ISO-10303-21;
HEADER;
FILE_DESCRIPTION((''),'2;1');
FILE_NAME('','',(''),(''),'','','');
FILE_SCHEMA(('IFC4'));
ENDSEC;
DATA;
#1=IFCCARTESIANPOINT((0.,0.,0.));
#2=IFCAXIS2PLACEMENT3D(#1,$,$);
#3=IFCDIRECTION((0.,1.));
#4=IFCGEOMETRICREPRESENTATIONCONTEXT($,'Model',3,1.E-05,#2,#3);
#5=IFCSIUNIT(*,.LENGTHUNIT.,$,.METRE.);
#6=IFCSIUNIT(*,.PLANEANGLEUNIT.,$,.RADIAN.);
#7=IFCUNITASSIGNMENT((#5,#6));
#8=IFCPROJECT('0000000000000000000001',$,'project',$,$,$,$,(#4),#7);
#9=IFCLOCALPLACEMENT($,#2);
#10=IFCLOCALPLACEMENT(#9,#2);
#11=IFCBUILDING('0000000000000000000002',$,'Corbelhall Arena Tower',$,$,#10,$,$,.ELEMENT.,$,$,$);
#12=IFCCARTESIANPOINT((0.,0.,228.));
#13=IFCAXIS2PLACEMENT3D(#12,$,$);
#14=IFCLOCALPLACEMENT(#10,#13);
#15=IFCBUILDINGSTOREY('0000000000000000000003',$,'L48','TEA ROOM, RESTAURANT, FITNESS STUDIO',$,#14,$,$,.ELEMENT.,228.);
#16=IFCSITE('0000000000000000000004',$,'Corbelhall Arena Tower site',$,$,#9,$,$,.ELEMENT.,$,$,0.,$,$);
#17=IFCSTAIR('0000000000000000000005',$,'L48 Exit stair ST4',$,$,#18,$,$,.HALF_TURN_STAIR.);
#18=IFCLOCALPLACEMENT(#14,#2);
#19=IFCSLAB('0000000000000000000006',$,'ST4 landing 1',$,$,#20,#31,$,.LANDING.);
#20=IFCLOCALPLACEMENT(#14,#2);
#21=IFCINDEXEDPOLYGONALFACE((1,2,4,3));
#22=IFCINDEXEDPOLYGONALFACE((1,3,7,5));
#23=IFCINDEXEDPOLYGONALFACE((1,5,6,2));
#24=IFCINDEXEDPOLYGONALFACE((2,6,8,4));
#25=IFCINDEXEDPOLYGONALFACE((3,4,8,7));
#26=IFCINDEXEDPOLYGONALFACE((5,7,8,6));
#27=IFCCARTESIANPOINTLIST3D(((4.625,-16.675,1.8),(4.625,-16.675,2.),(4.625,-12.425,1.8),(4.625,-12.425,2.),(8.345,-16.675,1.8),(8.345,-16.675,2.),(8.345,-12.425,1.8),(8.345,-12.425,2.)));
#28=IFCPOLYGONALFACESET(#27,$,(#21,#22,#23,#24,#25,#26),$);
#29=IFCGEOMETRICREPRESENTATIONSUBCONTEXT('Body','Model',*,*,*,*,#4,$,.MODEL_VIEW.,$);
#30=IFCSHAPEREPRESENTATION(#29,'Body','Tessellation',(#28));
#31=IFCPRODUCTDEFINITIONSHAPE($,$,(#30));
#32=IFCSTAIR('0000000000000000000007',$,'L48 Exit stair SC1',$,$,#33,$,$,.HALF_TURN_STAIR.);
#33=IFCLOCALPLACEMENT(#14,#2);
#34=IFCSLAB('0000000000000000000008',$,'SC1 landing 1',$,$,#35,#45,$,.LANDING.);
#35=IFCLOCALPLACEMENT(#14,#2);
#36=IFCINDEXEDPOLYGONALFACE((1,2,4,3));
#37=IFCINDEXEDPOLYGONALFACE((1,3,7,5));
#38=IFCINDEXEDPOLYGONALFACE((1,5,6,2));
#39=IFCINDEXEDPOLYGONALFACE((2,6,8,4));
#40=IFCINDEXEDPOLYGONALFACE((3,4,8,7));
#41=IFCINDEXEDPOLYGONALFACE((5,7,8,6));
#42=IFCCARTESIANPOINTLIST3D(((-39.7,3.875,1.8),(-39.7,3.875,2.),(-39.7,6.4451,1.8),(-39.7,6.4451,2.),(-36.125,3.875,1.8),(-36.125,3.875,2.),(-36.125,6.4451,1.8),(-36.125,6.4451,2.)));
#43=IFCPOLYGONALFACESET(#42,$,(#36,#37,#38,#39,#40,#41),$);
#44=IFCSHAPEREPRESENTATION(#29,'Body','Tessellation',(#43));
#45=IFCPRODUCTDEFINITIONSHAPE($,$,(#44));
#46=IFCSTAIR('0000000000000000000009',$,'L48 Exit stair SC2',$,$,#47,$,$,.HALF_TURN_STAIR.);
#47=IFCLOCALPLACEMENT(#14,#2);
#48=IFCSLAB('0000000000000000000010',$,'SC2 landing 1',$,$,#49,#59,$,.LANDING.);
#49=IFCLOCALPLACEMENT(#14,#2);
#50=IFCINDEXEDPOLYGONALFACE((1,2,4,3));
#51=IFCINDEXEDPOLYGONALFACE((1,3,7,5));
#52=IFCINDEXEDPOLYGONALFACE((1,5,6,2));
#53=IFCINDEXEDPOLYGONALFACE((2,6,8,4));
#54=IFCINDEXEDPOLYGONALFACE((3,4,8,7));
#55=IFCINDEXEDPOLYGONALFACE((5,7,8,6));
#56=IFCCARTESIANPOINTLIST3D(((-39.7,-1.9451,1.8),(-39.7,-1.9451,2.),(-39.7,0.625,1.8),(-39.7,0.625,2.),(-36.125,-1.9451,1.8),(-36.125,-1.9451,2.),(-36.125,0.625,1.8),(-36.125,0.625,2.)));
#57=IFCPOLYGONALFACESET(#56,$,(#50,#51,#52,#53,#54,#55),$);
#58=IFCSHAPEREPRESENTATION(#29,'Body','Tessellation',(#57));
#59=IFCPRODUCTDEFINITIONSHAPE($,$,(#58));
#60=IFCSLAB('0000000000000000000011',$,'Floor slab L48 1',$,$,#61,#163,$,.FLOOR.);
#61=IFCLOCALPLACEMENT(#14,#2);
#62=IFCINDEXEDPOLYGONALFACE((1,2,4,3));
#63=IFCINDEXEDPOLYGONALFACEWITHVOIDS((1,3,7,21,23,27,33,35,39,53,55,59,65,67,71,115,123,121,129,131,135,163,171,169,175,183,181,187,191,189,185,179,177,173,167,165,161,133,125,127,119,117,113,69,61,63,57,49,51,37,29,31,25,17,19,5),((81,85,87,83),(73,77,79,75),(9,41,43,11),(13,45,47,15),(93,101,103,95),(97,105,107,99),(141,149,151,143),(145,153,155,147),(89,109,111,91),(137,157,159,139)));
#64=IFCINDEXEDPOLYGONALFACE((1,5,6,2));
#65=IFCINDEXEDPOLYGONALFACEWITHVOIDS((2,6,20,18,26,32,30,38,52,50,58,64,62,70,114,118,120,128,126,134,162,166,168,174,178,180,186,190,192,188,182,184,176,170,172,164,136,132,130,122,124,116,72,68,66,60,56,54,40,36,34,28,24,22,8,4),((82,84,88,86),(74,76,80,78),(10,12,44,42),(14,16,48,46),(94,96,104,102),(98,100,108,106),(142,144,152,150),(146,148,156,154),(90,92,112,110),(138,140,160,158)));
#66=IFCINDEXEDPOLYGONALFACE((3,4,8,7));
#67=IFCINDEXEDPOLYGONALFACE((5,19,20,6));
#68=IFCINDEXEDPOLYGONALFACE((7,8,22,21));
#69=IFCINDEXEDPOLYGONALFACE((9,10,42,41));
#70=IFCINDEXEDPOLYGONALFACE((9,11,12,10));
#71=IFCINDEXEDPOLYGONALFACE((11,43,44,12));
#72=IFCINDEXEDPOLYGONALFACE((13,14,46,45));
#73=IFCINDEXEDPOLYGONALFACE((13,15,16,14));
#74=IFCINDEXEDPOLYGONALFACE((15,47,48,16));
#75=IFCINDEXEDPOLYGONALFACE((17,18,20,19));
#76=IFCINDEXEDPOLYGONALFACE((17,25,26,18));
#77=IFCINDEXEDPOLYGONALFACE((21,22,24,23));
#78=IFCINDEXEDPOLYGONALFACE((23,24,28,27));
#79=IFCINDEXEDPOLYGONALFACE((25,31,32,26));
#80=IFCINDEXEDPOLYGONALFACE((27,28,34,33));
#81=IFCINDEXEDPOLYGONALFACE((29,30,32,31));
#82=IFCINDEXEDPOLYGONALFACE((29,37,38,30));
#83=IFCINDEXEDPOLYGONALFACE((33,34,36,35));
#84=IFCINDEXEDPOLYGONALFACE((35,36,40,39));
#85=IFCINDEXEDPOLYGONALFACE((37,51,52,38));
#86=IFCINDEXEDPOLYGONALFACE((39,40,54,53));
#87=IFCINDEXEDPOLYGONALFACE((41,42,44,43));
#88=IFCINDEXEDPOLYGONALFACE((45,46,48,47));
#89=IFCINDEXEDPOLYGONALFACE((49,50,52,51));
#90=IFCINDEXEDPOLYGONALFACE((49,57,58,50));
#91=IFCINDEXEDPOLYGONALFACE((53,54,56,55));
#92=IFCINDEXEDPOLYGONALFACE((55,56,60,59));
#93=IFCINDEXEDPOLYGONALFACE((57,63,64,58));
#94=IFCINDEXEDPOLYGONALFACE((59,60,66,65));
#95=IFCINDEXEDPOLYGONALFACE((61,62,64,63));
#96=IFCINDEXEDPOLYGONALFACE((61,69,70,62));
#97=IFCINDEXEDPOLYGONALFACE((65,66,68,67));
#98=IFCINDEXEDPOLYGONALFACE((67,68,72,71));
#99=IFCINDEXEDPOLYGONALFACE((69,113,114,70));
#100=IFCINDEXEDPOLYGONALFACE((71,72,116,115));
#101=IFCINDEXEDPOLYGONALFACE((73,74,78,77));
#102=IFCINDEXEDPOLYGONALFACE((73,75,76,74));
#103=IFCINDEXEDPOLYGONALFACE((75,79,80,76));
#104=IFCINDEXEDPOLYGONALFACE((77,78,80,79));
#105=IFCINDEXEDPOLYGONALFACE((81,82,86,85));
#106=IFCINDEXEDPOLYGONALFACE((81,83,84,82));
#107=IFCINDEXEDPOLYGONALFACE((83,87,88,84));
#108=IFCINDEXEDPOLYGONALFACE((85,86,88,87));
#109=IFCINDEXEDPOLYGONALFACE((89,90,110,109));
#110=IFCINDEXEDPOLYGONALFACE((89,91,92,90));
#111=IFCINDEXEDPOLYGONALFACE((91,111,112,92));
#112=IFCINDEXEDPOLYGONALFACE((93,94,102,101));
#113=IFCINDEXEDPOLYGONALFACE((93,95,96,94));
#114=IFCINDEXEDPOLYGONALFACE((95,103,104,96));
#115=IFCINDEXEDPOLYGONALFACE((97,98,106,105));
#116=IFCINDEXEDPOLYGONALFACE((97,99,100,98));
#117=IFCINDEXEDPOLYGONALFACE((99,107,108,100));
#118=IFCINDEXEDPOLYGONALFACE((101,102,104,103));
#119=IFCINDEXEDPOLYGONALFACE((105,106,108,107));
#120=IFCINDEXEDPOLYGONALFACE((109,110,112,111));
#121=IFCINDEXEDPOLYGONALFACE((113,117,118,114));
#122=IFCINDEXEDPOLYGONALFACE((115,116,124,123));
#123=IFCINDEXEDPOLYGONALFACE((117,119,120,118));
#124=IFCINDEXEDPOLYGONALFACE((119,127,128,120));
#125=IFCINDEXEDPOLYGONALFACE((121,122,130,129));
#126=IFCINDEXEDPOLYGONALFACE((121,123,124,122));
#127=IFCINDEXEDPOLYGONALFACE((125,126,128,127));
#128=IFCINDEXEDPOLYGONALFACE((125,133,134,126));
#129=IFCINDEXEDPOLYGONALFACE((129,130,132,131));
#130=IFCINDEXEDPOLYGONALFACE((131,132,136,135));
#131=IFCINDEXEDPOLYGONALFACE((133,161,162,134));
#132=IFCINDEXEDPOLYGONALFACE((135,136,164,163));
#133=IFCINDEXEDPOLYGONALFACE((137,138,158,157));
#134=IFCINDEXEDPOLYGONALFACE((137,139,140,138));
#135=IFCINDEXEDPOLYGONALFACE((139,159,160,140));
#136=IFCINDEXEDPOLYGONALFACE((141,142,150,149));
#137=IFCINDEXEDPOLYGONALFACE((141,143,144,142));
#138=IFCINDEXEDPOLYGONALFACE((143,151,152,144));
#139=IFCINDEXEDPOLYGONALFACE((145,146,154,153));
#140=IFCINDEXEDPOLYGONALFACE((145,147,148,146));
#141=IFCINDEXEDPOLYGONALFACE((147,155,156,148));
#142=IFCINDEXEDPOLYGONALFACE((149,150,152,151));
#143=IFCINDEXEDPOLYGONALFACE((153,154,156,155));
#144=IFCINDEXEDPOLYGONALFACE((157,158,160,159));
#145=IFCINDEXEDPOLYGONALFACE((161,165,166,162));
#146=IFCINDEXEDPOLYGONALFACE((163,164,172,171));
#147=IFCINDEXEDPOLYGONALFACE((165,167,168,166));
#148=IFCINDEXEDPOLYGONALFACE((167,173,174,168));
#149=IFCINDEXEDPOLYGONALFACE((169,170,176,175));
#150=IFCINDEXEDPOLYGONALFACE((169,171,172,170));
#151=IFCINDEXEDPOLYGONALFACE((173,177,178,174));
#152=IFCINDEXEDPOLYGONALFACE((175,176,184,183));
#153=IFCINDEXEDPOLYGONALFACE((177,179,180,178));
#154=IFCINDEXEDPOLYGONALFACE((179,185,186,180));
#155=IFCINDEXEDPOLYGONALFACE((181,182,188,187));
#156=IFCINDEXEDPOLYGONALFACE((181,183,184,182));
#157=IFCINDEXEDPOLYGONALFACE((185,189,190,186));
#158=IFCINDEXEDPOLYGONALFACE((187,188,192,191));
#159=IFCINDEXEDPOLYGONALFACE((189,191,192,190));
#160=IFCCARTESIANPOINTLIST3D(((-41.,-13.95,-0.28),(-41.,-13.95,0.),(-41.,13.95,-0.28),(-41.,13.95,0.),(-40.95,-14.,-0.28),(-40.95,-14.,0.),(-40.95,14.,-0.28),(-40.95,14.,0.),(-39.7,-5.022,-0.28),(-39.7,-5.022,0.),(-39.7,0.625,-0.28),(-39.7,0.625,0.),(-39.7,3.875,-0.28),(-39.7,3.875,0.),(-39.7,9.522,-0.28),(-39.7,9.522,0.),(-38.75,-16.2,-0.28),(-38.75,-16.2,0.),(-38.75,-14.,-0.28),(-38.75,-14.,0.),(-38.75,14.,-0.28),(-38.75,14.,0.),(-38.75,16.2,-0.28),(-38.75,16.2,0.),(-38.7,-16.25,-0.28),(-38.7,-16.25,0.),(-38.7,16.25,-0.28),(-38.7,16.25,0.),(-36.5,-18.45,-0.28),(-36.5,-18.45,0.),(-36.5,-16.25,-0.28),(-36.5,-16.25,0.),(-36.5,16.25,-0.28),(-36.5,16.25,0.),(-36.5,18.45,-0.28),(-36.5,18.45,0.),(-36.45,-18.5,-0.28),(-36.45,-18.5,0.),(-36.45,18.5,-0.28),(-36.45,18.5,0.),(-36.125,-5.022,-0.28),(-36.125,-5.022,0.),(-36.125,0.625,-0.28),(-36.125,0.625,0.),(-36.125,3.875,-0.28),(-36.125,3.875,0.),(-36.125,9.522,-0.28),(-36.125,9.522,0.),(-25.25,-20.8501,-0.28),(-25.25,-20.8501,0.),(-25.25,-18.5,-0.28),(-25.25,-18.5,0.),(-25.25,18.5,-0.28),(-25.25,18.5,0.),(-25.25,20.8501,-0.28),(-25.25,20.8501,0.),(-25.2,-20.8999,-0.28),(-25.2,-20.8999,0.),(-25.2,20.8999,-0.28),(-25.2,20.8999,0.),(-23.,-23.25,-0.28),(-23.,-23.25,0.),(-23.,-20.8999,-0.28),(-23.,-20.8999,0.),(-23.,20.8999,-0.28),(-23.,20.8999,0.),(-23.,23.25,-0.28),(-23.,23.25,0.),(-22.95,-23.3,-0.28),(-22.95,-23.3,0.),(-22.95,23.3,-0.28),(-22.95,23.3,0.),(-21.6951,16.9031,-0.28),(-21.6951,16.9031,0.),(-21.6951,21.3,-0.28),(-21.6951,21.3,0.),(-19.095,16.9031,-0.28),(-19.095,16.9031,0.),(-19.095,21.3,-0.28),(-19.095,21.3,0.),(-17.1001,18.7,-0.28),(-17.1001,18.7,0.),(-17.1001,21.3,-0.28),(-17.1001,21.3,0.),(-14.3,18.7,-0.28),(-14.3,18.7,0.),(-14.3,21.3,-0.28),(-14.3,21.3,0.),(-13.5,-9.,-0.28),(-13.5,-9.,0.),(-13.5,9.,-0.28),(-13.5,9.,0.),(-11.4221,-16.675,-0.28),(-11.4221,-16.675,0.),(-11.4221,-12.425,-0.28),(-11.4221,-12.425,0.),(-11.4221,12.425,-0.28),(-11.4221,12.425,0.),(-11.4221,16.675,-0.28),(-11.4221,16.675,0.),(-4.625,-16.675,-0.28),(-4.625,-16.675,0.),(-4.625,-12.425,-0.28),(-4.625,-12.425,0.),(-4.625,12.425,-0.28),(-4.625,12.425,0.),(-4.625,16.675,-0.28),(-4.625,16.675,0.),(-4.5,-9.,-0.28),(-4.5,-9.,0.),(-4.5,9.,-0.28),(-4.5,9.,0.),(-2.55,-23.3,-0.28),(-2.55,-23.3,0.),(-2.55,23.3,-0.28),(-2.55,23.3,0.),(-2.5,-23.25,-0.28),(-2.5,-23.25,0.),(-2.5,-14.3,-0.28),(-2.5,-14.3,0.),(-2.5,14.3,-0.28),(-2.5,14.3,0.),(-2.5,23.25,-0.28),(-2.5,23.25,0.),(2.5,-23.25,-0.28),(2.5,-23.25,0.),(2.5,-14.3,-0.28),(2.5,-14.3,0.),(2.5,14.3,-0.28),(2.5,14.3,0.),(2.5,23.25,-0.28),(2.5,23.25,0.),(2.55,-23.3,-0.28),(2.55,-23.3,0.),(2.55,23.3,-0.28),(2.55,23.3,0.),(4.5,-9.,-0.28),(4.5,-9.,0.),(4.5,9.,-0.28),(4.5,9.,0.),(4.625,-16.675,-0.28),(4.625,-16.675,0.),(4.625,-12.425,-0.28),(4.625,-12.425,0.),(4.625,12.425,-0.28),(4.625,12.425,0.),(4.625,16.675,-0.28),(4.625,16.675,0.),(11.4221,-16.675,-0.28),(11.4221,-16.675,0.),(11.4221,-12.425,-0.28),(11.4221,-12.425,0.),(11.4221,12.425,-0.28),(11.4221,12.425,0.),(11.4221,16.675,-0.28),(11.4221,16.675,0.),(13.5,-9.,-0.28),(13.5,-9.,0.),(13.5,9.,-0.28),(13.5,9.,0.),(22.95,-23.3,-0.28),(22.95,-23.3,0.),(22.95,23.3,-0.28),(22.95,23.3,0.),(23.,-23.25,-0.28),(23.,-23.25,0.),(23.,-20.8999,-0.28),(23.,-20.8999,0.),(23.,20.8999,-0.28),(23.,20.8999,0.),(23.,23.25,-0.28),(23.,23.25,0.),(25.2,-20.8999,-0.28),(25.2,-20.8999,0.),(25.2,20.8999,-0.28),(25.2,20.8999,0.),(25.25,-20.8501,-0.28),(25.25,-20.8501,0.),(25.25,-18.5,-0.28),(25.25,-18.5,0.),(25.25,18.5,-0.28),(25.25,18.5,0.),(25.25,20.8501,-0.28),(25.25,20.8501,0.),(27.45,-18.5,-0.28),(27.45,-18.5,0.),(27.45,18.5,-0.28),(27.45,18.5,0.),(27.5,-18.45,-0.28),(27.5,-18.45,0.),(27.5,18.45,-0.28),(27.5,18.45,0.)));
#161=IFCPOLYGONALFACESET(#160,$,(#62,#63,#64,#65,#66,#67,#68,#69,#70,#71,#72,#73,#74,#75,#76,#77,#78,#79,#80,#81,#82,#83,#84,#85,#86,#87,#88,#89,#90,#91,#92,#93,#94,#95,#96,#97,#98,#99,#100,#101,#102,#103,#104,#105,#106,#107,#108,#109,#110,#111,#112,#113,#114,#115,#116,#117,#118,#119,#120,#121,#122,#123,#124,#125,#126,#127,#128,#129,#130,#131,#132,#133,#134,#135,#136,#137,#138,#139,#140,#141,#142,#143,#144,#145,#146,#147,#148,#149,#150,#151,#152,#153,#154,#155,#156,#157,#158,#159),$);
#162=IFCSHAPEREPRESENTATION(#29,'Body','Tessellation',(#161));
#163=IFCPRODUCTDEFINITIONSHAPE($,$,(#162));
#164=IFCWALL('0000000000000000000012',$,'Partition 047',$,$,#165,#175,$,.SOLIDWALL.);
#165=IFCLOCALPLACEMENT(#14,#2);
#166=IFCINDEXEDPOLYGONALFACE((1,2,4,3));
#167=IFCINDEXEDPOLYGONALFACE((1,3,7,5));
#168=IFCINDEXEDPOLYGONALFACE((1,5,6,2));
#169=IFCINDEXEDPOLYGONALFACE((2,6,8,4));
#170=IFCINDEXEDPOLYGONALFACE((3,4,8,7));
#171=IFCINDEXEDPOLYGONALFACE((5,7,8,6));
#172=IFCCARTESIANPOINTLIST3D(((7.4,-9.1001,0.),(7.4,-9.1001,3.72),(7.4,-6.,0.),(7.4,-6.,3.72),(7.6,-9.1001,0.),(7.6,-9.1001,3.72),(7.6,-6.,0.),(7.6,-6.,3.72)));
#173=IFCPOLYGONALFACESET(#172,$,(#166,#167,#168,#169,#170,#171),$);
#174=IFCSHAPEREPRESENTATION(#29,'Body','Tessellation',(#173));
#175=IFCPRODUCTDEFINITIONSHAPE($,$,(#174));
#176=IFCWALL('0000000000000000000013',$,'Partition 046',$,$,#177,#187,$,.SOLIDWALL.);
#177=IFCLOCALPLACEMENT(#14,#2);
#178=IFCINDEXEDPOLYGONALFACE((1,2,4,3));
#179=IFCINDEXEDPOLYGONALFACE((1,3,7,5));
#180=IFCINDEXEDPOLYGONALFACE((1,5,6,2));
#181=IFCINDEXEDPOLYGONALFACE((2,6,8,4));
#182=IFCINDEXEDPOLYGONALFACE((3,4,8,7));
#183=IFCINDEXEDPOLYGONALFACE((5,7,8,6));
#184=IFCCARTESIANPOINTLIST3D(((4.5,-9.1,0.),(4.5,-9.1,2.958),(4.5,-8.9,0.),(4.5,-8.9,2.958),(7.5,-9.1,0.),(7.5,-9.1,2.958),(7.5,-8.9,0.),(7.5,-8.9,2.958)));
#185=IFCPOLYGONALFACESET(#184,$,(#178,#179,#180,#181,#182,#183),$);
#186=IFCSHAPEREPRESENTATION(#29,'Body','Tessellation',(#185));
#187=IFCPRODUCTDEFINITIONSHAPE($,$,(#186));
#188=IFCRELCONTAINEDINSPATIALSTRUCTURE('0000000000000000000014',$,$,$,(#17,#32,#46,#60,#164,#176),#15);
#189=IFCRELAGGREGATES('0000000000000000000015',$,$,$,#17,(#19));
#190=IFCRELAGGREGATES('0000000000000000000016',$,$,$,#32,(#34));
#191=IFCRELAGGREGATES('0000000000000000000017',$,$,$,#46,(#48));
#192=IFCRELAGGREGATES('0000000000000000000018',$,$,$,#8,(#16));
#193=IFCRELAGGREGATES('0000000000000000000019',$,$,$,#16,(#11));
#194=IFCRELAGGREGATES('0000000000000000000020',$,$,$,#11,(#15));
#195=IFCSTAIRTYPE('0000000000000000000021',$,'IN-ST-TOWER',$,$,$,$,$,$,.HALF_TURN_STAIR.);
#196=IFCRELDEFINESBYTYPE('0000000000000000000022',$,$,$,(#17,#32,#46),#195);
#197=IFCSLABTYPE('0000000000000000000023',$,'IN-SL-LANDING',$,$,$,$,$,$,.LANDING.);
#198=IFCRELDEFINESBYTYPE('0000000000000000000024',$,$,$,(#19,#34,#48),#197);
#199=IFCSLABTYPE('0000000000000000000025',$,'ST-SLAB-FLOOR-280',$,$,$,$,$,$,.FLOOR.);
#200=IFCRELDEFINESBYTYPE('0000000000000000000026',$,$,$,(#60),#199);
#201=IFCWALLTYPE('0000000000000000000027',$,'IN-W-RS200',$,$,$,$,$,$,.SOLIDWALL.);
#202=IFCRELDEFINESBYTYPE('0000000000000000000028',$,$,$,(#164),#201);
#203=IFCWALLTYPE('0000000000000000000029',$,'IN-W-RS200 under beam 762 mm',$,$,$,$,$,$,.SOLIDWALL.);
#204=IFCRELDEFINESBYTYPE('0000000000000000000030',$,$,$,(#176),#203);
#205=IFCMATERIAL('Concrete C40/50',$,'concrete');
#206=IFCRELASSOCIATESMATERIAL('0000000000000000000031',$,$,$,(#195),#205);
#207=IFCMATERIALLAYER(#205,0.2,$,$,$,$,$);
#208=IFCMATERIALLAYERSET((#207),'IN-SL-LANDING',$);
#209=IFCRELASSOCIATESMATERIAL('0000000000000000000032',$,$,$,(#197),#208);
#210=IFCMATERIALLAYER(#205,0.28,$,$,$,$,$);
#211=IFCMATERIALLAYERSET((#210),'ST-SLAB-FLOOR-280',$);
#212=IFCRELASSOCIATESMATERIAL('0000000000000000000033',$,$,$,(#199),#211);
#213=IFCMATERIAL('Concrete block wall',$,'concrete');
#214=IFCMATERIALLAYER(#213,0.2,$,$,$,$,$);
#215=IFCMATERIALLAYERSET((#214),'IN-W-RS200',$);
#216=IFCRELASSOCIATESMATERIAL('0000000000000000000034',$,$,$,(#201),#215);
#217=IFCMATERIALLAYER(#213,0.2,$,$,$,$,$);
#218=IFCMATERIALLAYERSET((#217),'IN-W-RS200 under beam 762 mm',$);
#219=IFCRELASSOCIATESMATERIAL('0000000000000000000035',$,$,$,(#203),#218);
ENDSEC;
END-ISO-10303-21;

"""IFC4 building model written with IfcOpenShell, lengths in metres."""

from ifc_helpers import new_model, si_unit, direction, frame, frame_2d, origin, place, context, subcontext, project, spatial, polyline, rectangle, outline, extrude, material, layer, layer_set, type_object, element, aggregate, save


model = new_model("IFC4")

# Units and contexts
model_context = context("Model", 3, precision=1e-05, world=origin(), true_north=direction((0.0, 1.0)))
body_context = subcontext(model_context, "Body", "Model", "MODEL_VIEW")
ifc_project = project(units=[si_unit("LENGTHUNIT", "METRE"), si_unit("PLANEANGLEUNIT", "RADIAN")], contexts=[model_context])

# Site, building, storey
site_placement = place(None, origin())
site = spatial("IfcSite", under=ifc_project, at=site_placement, Name="Corbelhall Arena Tower site", CompositionType="ELEMENT", RefElevation=0.0)
building_placement = place(site_placement, origin())
building = spatial("IfcBuilding", under=site, at=building_placement, Name="Corbelhall Arena Tower", CompositionType="ELEMENT")
storey_placement = place(building_placement, frame((0.0, 0.0, 228.0)))
storey = spatial("IfcBuildingStorey", under=building, at=storey_placement, Name="L48", Description="TEA ROOM, RESTAURANT, FITNESS STUDIO", CompositionType="ELEMENT", Elevation=228.0)

# Shared definitions
ifc_material_1 = material(Name="Concrete C40/50", Category="concrete")

# Stairs, slabs
stair_type = type_object("IfcStairType", Name="IN-ST-TOWER", PredefinedType="HALF_TURN_STAIR", material=ifc_material_1)
ifc_layer_1 = layer(ifc_material_1, 0.2)
ifc_layer_set_1 = layer_set([ifc_layer_1], Name="IN-SL-LANDING")
slab_type_1 = type_object("IfcSlabType", Name="IN-SL-LANDING", PredefinedType="LANDING", material=ifc_layer_set_1)
stair_1_placement = place(storey_placement, origin())
stair_1 = element("IfcStair", 1, at=stair_1_placement, inside=storey, type_object=stair_type, Name="L48 Exit stair ST4", PredefinedType="HALF_TURN_STAIR")
slab_1_placement = place(storey_placement, frame((0.0, 0.0, 1.8)))
slab_1 = element("IfcSlab", 2, at=slab_1_placement, type_object=slab_type_1, Name="ST4 landing 1", PredefinedType="LANDING", context=body_context, shape_type="SweptSolid", body=[
    extrude(outline(polyline([(8.345, -12.425), (4.625, -12.425), (4.625, -16.675), (8.345, -16.675), (8.345, -12.425)])), origin(), (0.0, 0.0, 1.0), 0.2),
])
aggregate(stair_1, [slab_1])
stair_2_placement = place(storey_placement, origin())
stair_2 = element("IfcStair", 3, at=stair_2_placement, inside=storey, type_object=stair_type, Name="L48 Exit stair SC1", PredefinedType="HALF_TURN_STAIR")
slab_2_placement = place(storey_placement, frame((0.0, 0.0, 1.8)))
slab_2 = element("IfcSlab", 4, at=slab_2_placement, type_object=slab_type_1, Name="SC1 landing 1", PredefinedType="LANDING", context=body_context, shape_type="SweptSolid", body=[
    extrude(outline(polyline([(-39.7, 6.4451), (-39.7, 3.875), (-36.125, 3.875), (-36.125, 6.4451), (-39.7, 6.4451)])), origin(), (0.0, 0.0, 1.0), 0.2),
])
aggregate(stair_2, [slab_2])
stair_3_placement = place(storey_placement, origin())
stair_3 = element("IfcStair", 5, at=stair_3_placement, inside=storey, type_object=stair_type, Name="L48 Exit stair SC2", PredefinedType="HALF_TURN_STAIR")
slab_3_placement = place(storey_placement, frame((0.0, 0.0, 1.8)))
slab_3 = element("IfcSlab", 6, at=slab_3_placement, type_object=slab_type_1, Name="SC2 landing 1", PredefinedType="LANDING", context=body_context, shape_type="SweptSolid", body=[
    extrude(outline(polyline([(-36.125, -1.9451), (-36.125, 0.625), (-39.7, 0.625), (-39.7, -1.9451), (-36.125, -1.9451)])), origin(), (0.0, 0.0, 1.0), 0.2),
])
aggregate(stair_3, [slab_3])

# Slab
ifc_layer_2 = layer(ifc_material_1, 0.28)
ifc_layer_set_2 = layer_set([ifc_layer_2], Name="ST-SLAB-FLOOR-280")
slab_type_2 = type_object("IfcSlabType", Name="ST-SLAB-FLOOR-280", PredefinedType="FLOOR", material=ifc_layer_set_2)
slab_4_placement = place(storey_placement, frame((0.0, 0.0, -0.28)))
element("IfcSlab", 7, at=slab_4_placement, inside=storey, type_object=slab_type_2, Name="Floor slab L48 1", PredefinedType="FLOOR", context=body_context, shape_type="SweptSolid", body=[
    extrude(outline(polyline([(23.0, 23.25), (22.95, 23.3), (2.55, 23.3), (2.5, 23.25), (2.5, 14.3), (-2.5, 14.3), (-2.5, 23.25), (-2.55, 23.3), (-22.95, 23.3), (-23.0, 23.25), (-23.0, 20.8999), (-25.2, 20.8999), (-25.25, 20.8501), (-25.25, 18.5), (-36.45, 18.5), (-36.5, 18.45), (-36.5, 16.25), (-38.7, 16.25), (-38.75, 16.2), (-38.75, 14.0), (-40.95, 14.0), (-41.0, 13.95), (-41.0, -13.95), (-40.95, -14.0), (-38.75, -14.0), (-38.75, -16.2), (-38.7, -16.25), (-36.5, -16.25), (-36.5, -18.45), (-36.45, -18.5), (-25.25, -18.5), (-25.25, -20.8501), (-25.2, -20.8999), (-23.0, -20.8999), (-23.0, -23.25), (-22.95, -23.3), (-2.55, -23.3), (-2.5, -23.25), (-2.5, -14.3), (2.5, -14.3), (2.5, -23.25), (2.55, -23.3), (22.95, -23.3), (23.0, -23.25), (23.0, -20.8999), (25.2, -20.8999), (25.25, -20.8501), (25.25, -18.5), (27.45, -18.5), (27.5, -18.45), (27.5, 18.45), (27.45, 18.5), (25.25, 18.5), (25.25, 20.8501), (25.2, 20.8999), (23.0, 20.8999), (23.0, 23.25)]), holes=[polyline([(-4.5, -9.0), (-4.5, 9.0), (-13.5, 9.0), (-13.5, -9.0), (-4.5, -9.0)]), polyline([(13.5, -9.0), (13.5, 9.0), (4.5, 9.0), (4.5, -9.0), (13.5, -9.0)]), polyline([(-11.4221, 12.425), (-4.625, 12.425), (-4.625, 16.675), (-11.4221, 16.675), (-11.4221, 12.425)]), polyline([(-11.4221, -12.425), (-11.4221, -16.675), (-4.625, -16.675), (-4.625, -12.425), (-11.4221, -12.425)]), polyline([(4.625, 12.425), (11.4221, 12.425), (11.4221, 16.675), (4.625, 16.675), (4.625, 12.425)]), polyline([(4.625, -12.425), (4.625, -16.675), (11.4221, -16.675), (11.4221, -12.425), (4.625, -12.425)]), polyline([(-39.7, 9.522), (-39.7, 3.875), (-36.125, 3.875), (-36.125, 9.522), (-39.7, 9.522)]), polyline([(-39.7, -5.022), (-36.125, -5.022), (-36.125, 0.625), (-39.7, 0.625), (-39.7, -5.022)]), polyline([(-21.6951, 21.3), (-21.6951, 16.9031), (-19.095, 16.9031), (-19.095, 21.3), (-21.6951, 21.3)]), polyline([(-14.3, 21.3), (-17.1001, 21.3), (-17.1001, 18.7), (-14.3, 18.7), (-14.3, 21.3)])]), origin(), (0.0, 0.0, 1.0), 0.28),
])

# Wall
ifc_material_2 = material(Name="Concrete block wall", Category="concrete")
ifc_layer_3 = layer(ifc_material_2, 0.2)
ifc_layer_set_3 = layer_set([ifc_layer_3], Name="IN-W-RS200")
wall_type_1 = type_object("IfcWallType", Name="IN-W-RS200", PredefinedType="SOLIDWALL", material=ifc_layer_set_3)
wall_1_placement = place(storey_placement, frame((7.5, -6.0, 0.0), z_axis=(0.0, 0.0, 1.0), x_axis=(0.0, -1.0, 0.0)))
element("IfcWall", 8, at=wall_1_placement, inside=storey, type_object=wall_type_1, Name="Partition 047", PredefinedType="SOLIDWALL", context=body_context, shape_type="SweptSolid", body=[
    extrude(rectangle(XDim=3.1001, YDim=0.2, at=frame_2d((1.55, 0.0))), origin(), (0.0, 0.0, 1.0), 3.72),
])

# Shared definitions
ifc_layer_4 = layer(ifc_material_2, 0.2)
ifc_layer_set_4 = layer_set([ifc_layer_4], Name="IN-W-RS200 under beam 762 mm")
wall_type_2 = type_object("IfcWallType", Name="IN-W-RS200 under beam 762 mm", PredefinedType="SOLIDWALL", material=ifc_layer_set_4)

# Wall
wall_2_placement = place(storey_placement, frame((7.5, -9.0, 0.0), z_axis=(0.0, 0.0, 1.0), x_axis=(-1.0, 0.0, 0.0)))
element("IfcWall", 9, at=wall_2_placement, inside=storey, type_object=wall_type_2, Name="Partition 046", PredefinedType="SOLIDWALL", context=body_context, shape_type="SweptSolid", body=[
    extrude(rectangle(XDim=3.0, YDim=0.2, at=frame_2d((1.5, 0.0))), origin(), (0.0, 0.0, 1.0), 2.958),
])

save(model, "model.ifc")
